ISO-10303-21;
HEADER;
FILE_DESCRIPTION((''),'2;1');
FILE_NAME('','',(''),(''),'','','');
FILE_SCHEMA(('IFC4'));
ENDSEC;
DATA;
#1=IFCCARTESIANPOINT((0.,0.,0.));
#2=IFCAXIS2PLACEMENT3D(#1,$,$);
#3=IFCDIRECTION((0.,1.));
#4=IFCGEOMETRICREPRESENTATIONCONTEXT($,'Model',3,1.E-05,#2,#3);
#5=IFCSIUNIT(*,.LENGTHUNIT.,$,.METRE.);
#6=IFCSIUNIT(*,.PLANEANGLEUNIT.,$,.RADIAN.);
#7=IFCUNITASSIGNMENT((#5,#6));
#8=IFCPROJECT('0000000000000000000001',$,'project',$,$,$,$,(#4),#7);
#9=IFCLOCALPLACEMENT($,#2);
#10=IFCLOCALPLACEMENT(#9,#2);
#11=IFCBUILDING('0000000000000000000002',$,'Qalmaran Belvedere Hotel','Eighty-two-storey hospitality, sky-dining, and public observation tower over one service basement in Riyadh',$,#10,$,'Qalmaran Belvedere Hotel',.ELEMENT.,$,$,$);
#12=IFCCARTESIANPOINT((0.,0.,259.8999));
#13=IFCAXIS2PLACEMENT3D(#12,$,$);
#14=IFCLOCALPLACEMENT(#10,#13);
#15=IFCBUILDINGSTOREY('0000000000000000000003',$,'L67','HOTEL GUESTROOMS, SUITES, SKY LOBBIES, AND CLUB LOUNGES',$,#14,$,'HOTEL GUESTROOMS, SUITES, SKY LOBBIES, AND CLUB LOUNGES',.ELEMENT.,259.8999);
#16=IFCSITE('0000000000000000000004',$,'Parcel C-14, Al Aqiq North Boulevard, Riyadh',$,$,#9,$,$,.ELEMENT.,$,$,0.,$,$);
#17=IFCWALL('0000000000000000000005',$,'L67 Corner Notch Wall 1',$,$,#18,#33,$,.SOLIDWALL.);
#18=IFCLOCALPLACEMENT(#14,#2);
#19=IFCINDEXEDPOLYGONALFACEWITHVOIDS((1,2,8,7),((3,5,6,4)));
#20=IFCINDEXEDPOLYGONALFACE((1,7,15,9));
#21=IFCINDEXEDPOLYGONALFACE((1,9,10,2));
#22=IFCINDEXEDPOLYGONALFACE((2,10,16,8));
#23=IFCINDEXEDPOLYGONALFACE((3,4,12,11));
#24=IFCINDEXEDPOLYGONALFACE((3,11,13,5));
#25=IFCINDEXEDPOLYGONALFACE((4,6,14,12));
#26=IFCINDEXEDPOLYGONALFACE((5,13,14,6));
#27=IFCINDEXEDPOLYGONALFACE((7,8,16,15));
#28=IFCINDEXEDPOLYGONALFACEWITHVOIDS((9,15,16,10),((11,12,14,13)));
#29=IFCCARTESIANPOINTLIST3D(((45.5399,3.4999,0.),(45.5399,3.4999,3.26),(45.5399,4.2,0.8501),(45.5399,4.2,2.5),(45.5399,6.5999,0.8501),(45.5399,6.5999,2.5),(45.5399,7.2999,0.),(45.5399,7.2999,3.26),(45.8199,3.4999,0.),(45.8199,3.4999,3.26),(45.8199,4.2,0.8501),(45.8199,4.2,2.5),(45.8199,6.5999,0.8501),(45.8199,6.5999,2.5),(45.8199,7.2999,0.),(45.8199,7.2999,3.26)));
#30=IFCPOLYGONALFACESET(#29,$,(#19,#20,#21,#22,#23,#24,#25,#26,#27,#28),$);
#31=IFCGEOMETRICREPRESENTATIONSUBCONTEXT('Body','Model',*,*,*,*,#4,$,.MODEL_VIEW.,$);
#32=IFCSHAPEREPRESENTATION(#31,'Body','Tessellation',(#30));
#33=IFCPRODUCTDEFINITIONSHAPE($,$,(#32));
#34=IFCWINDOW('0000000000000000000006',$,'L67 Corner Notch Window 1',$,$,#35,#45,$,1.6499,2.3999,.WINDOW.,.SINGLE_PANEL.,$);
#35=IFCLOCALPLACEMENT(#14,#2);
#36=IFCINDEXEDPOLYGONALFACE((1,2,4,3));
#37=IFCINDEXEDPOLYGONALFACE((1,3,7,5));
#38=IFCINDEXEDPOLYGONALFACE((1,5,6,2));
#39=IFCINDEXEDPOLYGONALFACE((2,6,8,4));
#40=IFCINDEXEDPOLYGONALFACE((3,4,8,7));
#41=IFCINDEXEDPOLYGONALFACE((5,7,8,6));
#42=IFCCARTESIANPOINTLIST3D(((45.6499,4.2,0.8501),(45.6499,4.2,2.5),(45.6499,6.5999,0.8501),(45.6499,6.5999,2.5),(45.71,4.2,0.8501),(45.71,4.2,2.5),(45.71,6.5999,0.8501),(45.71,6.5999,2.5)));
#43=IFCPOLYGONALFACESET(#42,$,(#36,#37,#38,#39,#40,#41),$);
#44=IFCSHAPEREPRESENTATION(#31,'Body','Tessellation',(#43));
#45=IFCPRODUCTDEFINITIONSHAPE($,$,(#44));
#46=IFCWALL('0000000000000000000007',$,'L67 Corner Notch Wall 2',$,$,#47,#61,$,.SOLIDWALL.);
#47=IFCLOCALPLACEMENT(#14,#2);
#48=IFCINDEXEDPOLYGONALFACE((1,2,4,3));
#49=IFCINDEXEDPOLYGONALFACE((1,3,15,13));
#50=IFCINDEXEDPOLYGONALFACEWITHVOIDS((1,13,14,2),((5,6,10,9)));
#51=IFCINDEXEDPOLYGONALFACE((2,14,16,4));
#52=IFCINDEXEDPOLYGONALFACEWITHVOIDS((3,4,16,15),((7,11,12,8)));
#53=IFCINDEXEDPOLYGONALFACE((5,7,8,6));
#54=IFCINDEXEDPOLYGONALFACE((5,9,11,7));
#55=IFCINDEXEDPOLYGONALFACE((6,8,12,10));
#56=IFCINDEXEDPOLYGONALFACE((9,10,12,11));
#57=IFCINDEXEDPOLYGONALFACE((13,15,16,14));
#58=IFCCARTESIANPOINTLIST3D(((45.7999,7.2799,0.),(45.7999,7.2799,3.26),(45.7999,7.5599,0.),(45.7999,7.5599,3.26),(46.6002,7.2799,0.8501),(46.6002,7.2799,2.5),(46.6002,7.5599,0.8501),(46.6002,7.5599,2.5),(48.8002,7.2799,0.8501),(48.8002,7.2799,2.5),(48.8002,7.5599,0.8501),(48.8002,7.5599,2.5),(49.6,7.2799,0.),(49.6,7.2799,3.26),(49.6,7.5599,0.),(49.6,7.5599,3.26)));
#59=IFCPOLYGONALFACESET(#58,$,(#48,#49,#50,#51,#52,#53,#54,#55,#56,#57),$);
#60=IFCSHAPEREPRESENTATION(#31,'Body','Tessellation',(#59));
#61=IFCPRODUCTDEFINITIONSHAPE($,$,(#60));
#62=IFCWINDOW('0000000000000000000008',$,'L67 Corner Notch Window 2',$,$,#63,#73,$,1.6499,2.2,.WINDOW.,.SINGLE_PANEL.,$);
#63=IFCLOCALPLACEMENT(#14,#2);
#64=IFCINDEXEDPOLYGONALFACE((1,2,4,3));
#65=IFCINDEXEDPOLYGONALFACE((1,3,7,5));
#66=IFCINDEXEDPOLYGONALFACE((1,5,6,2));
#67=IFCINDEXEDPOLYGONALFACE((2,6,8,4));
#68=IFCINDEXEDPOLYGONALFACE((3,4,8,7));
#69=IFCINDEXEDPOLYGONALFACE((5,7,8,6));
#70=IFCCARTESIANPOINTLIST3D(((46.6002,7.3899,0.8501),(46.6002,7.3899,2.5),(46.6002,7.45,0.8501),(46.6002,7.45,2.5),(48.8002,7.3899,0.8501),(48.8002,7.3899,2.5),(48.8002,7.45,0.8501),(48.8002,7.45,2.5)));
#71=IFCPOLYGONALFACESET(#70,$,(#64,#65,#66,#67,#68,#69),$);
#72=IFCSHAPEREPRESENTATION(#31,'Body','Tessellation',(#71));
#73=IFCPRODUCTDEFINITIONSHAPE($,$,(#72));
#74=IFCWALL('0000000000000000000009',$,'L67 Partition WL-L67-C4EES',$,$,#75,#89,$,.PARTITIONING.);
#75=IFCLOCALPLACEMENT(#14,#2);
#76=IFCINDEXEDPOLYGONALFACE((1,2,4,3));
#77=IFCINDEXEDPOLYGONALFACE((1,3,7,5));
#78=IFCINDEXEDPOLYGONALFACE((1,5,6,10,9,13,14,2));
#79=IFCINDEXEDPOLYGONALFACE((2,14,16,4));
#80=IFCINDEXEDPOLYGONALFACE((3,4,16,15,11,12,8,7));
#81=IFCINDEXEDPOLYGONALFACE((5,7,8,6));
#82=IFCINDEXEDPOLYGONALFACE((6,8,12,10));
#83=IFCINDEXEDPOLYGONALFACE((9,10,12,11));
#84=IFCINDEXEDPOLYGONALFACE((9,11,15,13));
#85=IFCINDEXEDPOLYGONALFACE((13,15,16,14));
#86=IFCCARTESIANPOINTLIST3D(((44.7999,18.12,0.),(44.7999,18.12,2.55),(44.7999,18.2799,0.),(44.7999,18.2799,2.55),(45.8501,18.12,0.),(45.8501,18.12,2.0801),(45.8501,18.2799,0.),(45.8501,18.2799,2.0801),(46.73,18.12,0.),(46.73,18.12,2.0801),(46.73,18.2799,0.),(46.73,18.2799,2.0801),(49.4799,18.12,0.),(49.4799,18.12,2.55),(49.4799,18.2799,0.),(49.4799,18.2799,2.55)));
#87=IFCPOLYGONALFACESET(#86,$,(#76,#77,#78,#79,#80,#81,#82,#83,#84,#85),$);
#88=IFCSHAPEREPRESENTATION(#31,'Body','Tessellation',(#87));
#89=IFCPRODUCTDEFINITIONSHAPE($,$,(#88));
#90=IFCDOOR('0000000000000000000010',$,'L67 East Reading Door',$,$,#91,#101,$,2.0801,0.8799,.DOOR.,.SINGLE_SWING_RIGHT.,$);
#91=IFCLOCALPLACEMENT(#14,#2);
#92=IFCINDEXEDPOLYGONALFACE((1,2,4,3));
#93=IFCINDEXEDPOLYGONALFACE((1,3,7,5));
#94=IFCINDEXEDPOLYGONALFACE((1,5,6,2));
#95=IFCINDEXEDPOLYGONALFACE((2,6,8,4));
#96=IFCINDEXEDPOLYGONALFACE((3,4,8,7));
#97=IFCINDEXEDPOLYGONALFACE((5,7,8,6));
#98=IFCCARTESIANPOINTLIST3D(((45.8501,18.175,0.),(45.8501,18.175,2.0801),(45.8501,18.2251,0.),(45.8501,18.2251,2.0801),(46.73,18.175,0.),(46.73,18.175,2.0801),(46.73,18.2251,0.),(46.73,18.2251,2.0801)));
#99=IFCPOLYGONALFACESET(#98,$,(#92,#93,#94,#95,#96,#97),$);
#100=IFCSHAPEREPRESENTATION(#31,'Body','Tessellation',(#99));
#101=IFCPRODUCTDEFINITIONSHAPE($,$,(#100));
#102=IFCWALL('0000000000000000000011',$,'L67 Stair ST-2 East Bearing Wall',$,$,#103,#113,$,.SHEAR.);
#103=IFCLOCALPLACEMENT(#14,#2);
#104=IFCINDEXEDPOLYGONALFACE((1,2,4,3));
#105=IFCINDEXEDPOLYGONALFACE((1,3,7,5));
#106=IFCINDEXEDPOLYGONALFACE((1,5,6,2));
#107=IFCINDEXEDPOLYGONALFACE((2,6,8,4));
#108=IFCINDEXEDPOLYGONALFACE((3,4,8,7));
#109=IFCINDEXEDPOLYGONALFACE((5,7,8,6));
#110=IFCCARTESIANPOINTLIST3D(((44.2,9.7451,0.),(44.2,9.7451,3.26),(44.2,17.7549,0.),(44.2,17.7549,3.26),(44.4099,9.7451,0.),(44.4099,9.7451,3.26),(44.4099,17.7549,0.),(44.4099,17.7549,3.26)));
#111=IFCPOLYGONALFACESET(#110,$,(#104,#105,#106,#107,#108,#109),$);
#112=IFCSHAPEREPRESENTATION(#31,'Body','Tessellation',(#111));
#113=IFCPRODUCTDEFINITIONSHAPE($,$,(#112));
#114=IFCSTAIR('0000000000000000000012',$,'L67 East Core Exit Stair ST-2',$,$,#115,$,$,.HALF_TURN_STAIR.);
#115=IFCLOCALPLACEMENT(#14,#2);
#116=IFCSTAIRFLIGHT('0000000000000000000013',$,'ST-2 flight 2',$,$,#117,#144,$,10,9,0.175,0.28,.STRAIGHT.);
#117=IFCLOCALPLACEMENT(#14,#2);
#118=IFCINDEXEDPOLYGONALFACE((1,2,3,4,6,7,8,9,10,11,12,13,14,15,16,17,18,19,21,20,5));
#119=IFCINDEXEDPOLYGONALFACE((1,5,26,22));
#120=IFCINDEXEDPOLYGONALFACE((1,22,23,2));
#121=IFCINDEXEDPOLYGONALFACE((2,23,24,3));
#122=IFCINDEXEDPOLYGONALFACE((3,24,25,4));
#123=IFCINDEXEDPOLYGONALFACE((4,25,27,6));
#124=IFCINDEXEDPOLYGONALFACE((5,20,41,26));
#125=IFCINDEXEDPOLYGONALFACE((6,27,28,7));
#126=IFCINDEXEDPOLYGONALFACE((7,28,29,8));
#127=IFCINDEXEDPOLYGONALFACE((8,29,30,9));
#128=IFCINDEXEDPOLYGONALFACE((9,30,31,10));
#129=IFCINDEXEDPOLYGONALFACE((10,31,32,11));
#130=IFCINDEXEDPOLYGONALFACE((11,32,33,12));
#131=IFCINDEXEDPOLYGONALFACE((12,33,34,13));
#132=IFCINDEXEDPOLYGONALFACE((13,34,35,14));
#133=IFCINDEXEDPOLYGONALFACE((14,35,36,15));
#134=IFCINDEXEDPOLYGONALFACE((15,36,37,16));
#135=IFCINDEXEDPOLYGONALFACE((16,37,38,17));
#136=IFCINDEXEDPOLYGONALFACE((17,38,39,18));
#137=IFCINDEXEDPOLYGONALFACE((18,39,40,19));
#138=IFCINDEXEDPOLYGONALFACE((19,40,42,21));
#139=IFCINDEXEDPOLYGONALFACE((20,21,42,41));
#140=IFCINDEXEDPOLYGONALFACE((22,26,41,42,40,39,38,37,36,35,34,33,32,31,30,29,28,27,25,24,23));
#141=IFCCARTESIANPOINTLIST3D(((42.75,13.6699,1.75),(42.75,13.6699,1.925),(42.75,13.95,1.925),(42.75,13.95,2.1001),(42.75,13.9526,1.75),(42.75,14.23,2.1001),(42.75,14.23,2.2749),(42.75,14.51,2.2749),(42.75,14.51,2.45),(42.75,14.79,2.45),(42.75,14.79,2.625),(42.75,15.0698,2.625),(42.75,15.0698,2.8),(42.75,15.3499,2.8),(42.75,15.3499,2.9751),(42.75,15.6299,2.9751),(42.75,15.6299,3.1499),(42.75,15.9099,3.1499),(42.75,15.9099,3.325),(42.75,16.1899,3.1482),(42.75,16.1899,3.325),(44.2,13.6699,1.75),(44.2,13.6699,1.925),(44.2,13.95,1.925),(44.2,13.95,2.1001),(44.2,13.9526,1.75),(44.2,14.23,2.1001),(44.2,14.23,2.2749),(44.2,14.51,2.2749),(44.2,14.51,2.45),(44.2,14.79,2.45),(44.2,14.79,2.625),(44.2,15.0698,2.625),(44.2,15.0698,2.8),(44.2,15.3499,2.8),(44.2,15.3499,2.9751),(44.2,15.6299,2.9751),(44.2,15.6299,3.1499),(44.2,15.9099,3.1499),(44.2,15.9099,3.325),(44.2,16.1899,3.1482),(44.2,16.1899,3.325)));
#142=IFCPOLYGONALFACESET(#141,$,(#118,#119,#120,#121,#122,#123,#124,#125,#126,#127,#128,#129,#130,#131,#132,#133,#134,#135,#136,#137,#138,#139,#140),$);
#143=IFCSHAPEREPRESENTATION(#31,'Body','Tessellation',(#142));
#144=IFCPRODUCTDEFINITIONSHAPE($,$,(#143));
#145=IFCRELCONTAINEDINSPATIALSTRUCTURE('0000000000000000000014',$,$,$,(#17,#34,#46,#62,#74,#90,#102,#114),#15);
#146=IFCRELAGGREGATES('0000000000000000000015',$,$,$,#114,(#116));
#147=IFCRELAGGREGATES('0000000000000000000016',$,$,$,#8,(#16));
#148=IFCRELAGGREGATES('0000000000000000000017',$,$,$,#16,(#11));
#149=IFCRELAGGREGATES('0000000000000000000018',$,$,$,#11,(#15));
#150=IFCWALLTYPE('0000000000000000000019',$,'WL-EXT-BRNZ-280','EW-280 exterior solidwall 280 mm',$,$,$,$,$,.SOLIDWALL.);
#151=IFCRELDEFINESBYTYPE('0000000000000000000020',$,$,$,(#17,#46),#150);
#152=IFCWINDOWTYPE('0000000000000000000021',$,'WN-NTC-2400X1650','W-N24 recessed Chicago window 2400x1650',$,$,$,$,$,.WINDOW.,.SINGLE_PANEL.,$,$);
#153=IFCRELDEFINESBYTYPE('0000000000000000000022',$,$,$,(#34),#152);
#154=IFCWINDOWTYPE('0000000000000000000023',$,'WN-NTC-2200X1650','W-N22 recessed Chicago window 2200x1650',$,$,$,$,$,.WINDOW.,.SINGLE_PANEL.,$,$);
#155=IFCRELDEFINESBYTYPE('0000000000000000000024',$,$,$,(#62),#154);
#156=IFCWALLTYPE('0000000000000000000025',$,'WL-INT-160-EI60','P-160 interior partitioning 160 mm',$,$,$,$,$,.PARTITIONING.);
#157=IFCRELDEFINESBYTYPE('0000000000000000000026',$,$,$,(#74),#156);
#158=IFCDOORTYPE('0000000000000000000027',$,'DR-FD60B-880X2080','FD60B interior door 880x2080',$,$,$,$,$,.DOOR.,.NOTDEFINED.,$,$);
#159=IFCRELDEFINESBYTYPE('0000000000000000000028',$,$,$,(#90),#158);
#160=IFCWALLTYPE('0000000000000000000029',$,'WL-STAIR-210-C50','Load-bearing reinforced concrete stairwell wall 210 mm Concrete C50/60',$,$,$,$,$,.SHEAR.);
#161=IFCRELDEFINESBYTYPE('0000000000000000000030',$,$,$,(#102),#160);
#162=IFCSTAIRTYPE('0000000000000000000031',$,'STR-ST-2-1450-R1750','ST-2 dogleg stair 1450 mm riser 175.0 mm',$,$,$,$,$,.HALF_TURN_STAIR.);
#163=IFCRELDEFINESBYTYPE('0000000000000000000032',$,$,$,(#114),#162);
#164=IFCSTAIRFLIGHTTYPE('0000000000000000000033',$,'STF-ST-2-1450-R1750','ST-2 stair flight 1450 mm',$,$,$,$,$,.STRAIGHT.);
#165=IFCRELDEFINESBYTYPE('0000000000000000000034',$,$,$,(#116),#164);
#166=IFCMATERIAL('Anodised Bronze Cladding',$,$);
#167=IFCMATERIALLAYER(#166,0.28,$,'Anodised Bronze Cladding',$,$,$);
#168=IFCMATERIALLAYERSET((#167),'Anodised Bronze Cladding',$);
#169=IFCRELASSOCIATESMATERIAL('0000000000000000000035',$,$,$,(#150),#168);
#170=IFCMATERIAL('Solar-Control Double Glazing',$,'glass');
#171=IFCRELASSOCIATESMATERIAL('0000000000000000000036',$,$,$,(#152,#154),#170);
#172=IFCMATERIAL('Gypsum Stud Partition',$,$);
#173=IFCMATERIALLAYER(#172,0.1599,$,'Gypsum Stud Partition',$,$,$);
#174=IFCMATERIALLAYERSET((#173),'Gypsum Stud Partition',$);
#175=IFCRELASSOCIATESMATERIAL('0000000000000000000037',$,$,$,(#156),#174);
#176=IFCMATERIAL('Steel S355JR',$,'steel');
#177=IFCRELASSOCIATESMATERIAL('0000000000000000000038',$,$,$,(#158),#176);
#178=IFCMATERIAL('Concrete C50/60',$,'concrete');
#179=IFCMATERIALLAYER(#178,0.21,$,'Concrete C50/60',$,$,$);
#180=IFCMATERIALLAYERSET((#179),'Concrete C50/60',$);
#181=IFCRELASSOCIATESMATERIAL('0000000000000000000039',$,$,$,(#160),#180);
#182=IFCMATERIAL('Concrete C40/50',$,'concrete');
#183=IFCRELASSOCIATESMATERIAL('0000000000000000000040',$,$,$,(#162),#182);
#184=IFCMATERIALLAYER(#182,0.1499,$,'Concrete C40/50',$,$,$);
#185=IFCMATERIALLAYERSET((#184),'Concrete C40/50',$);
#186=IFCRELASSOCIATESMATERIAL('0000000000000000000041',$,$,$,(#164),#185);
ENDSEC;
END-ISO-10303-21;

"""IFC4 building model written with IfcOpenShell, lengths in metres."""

from ifc_helpers import new_model, si_unit, direction, frame, frame_2d, origin, place, context, subcontext, project, spatial, polyline, rectangle, outline, extrude, material, layer, layer_set, type_object, element, fill, aggregate, save


model = new_model("IFC4")

# Units and contexts
model_context = context("Model", 3, precision=1e-05, world=origin(), true_north=direction((0.0, 1.0)))
body_context = subcontext(model_context, "Body", "Model", "MODEL_VIEW")
ifc_project = project(units=[si_unit("LENGTHUNIT", "METRE"), si_unit("PLANEANGLEUNIT", "RADIAN")], contexts=[model_context])

# Site, building, storey
site_placement = place(None, origin())
site = spatial("IfcSite", under=ifc_project, at=site_placement, Name="Parcel C-14, Al Aqiq North Boulevard, Riyadh", CompositionType="ELEMENT", RefElevation=0.0)
building_placement = place(site_placement, origin())
building = spatial("IfcBuilding", under=site, at=building_placement, Name="Qalmaran Belvedere Hotel", Description="Eighty-two-storey hospitality, sky-dining, and public observation tower over one service basement in Riyadh", LongName="Qalmaran Belvedere Hotel", CompositionType="ELEMENT")
storey_placement = place(building_placement, frame((0.0, 0.0, 259.8999)))
storey = spatial("IfcBuildingStorey", under=building, at=storey_placement, Name="L67", Description="HOTEL GUESTROOMS, SUITES, SKY LOBBIES, AND CLUB LOUNGES", LongName="HOTEL GUESTROOMS, SUITES, SKY LOBBIES, AND CLUB LOUNGES", CompositionType="ELEMENT", Elevation=259.8999)

# Shared definitions
ifc_material_1 = material(Name="Concrete C50/60", Category="concrete")

# Shared definitions
ifc_material_2 = material(Name="Steel S355JR", Category="steel")

# Shared definitions
ifc_material_3 = material(Name="Solar-Control Double Glazing", Category="glass")

# Walls, openings, windows
ifc_material_4 = material(Name="Anodised Bronze Cladding")
ifc_layer_1 = layer(ifc_material_4, 0.28, Name="Anodised Bronze Cladding")
ifc_layer_set_1 = layer_set([ifc_layer_1], Name="Anodised Bronze Cladding")
wall_type_1 = type_object("IfcWallType", Name="WL-EXT-BRNZ-280", Description="EW-280 exterior solidwall 280 mm", PredefinedType="SOLIDWALL", material=ifc_layer_set_1)
wall_1_placement = place(storey_placement, frame((45.6799, 3.5, 0.0), z_axis=(0.0, 0.0, 1.0), x_axis=(0.0, 1.0, 0.0)))
wall_1 = element("IfcWall", 1, at=wall_1_placement, inside=storey, type_object=wall_type_1, Name="L67 Corner Notch Wall 1", PredefinedType="SOLIDWALL", context=body_context, shape_type="SweptSolid", body=[
    extrude(rectangle(XDim=3.8, YDim=0.28, at=frame_2d((1.8999, 0.0))), origin(), (0.0, 0.0, 1.0), 3.26),
])
opening_1_placement = place(wall_1_placement, frame((0.7, 0.0, 0.8501)))
opening_1 = element("IfcOpeningElement", 2, at=opening_1_placement, cuts=wall_1, PredefinedType="OPENING", context=body_context, shape_type="SweptSolid", body=[
    extrude(rectangle(XDim=2.3999, YDim=1.6499, at=frame_2d((1.2, 0.825))), frame((0.0, 0.1499, 0.0), z_axis=(0.0, -1.0, 0.0), x_axis=(1.0, 0.0, 0.0)), (0.0, 0.0, 1.0), 0.3),
])
window_type_1 = type_object("IfcWindowType", Name="WN-NTC-2400X1650", Description="W-N24 recessed Chicago window 2400x1650", PartitioningType="SINGLE_PANEL", PredefinedType="WINDOW", material=ifc_material_3)
window_1_placement = place(opening_1_placement, origin())
window_1 = element("IfcWindow", 3, at=window_1_placement, inside=storey, type_object=window_type_1, Name="L67 Corner Notch Window 1", OverallHeight=1.6499, OverallWidth=2.3999, PartitioningType="SINGLE_PANEL", PredefinedType="WINDOW", context=body_context, shape_type="SweptSolid", body=[
    extrude(rectangle(XDim=2.3999, YDim=1.6499, at=frame_2d((1.2, 0.825))), frame((0.0, 0.03, 0.0), z_axis=(0.0, -1.0, 0.0), x_axis=(1.0, 0.0, 0.0)), (0.0, 0.0, 1.0), 0.0601),
])
fill(opening_1, window_1)
wall_2_placement = place(storey_placement, frame((45.8, 7.4199, 0.0), z_axis=(0.0, 0.0, 1.0), x_axis=(1.0, 0.0, 0.0)))
wall_2 = element("IfcWall", 4, at=wall_2_placement, inside=storey, type_object=wall_type_1, Name="L67 Corner Notch Wall 2", PredefinedType="SOLIDWALL", context=body_context, shape_type="SweptSolid", body=[
    extrude(rectangle(XDim=3.8, YDim=0.28, at=frame_2d((1.8999, 0.0))), origin(), (0.0, 0.0, 1.0), 3.26),
])
opening_2_placement = place(wall_2_placement, frame((0.8, 0.0, 0.8501)))
opening_2 = element("IfcOpeningElement", 5, at=opening_2_placement, cuts=wall_2, PredefinedType="OPENING", context=body_context, shape_type="SweptSolid", body=[
    extrude(rectangle(XDim=2.2, YDim=1.6499, at=frame_2d((1.1001, 0.825))), frame((0.0, 0.1499, 0.0), z_axis=(0.0, -1.0, 0.0), x_axis=(1.0, 0.0, 0.0)), (0.0, 0.0, 1.0), 0.3),
])
window_type_2 = type_object("IfcWindowType", Name="WN-NTC-2200X1650", Description="W-N22 recessed Chicago window 2200x1650", PartitioningType="SINGLE_PANEL", PredefinedType="WINDOW", material=ifc_material_3)
window_2_placement = place(opening_2_placement, origin())
window_2 = element("IfcWindow", 6, at=window_2_placement, inside=storey, type_object=window_type_2, Name="L67 Corner Notch Window 2", OverallHeight=1.6499, OverallWidth=2.2, PartitioningType="SINGLE_PANEL", PredefinedType="WINDOW", context=body_context, shape_type="SweptSolid", body=[
    extrude(rectangle(XDim=2.2, YDim=1.6499, at=frame_2d((1.1001, 0.825))), frame((0.0, 0.03, 0.0), z_axis=(0.0, -1.0, 0.0), x_axis=(1.0, 0.0, 0.0)), (0.0, 0.0, 1.0), 0.0601),
])
fill(opening_2, window_2)

# Wall, opening, door
ifc_material_5 = material(Name="Gypsum Stud Partition")
ifc_layer_2 = layer(ifc_material_5, 0.1599, Name="Gypsum Stud Partition")
ifc_layer_set_2 = layer_set([ifc_layer_2], Name="Gypsum Stud Partition")
wall_type_2 = type_object("IfcWallType", Name="WL-INT-160-EI60", Description="P-160 interior partitioning 160 mm", PredefinedType="PARTITIONING", material=ifc_layer_set_2)
wall_3_placement = place(storey_placement, frame((44.8, 18.2, 0.0), z_axis=(0.0, 0.0, 1.0), x_axis=(1.0, 0.0, 0.0)))
wall_3 = element("IfcWall", 7, at=wall_3_placement, inside=storey, type_object=wall_type_2, Name="L67 Partition WL-L67-C4EES", PredefinedType="PARTITIONING", context=body_context, shape_type="SweptSolid", body=[
    extrude(rectangle(XDim=4.6799, YDim=0.1599, at=frame_2d((2.3398, 0.0))), origin(), (0.0, 0.0, 1.0), 2.55),
])
opening_3_placement = place(wall_3_placement, frame((1.9299, 0.0, 0.0), z_axis=(0.0, 0.0, 1.0), x_axis=(-1.0, 0.0, 0.0)))
opening_3 = element("IfcOpeningElement", 8, at=opening_3_placement, cuts=wall_3, PredefinedType="OPENING", context=body_context, shape_type="SweptSolid", body=[
    extrude(rectangle(XDim=0.8799, YDim=2.0801, at=frame_2d((0.4399, 1.04))), frame((0.0, 0.0898, 0.0), z_axis=(0.0, -1.0, 0.0), x_axis=(1.0, 0.0, 0.0)), (0.0, 0.0, 1.0), 0.1799),
])
door_type = type_object("IfcDoorType", Name="DR-FD60B-880X2080", Description="FD60B interior door 880x2080", OperationType="NOTDEFINED", PredefinedType="DOOR", material=ifc_material_2)
door_placement = place(opening_3_placement, origin())
door = element("IfcDoor", 9, at=door_placement, inside=storey, type_object=door_type, Name="L67 East Reading Door", OperationType="SINGLE_SWING_RIGHT", OverallHeight=2.0801, OverallWidth=0.8799, PredefinedType="DOOR", context=body_context, shape_type="SweptSolid", body=[
    extrude(rectangle(XDim=0.8799, YDim=2.0801, at=frame_2d((0.4399, 1.04))), frame((0.0, 0.0249, 0.0), z_axis=(0.0, -1.0, 0.0), x_axis=(1.0, 0.0, 0.0)), (0.0, 0.0, 1.0), 0.05),
])
fill(opening_3, door)

# Wall
ifc_layer_3 = layer(ifc_material_1, 0.21, Name="Concrete C50/60")
ifc_layer_set_3 = layer_set([ifc_layer_3], Name="Concrete C50/60")
wall_type_3 = type_object("IfcWallType", Name="WL-STAIR-210-C50", Description="Load-bearing reinforced concrete stairwell wall 210 mm Concrete C50/60", PredefinedType="SHEAR", material=ifc_layer_set_3)
wall_4_placement = place(storey_placement, frame((44.3049, 9.7451, 0.0), z_axis=(0.0, 0.0, 1.0), x_axis=(0.0, 1.0, 0.0)))
element("IfcWall", 10, at=wall_4_placement, inside=storey, type_object=wall_type_3, Name="L67 Stair ST-2 East Bearing Wall", PredefinedType="SHEAR", context=body_context, shape_type="SweptSolid", body=[
    extrude(rectangle(XDim=8.0098, YDim=0.21, at=frame_2d((4.0049, 0.0))), origin(), (0.0, 0.0, 1.0), 3.26),
])

# Stair, stair flight
ifc_material_6 = material(Name="Concrete C40/50", Category="concrete")
stair_type = type_object("IfcStairType", Name="STR-ST-2-1450-R1750", Description="ST-2 dogleg stair 1450 mm riser 175.0 mm", PredefinedType="HALF_TURN_STAIR", material=ifc_material_6)
stair_placement = place(storey_placement, origin())
stair = element("IfcStair", 11, at=stair_placement, inside=storey, type_object=stair_type, Name="L67 East Core Exit Stair ST-2", PredefinedType="HALF_TURN_STAIR")
ifc_layer_4 = layer(ifc_material_6, 0.1499, Name="Concrete C40/50")
ifc_layer_set_4 = layer_set([ifc_layer_4], Name="Concrete C40/50")
stair_flight_type = type_object("IfcStairFlightType", Name="STF-ST-2-1450-R1750", Description="ST-2 stair flight 1450 mm", PredefinedType="STRAIGHT", material=ifc_layer_set_4)
stair_flight_placement = place(storey_placement, frame((43.4751, 13.6699, 1.75), z_axis=(0.0, 0.0, 1.0), x_axis=(0.0, 1.0, 0.0)))
stair_flight = element("IfcStairFlight", 12, at=stair_flight_placement, type_object=stair_flight_type, Name="ST-2 flight 2", NumberOfRisers=10, NumberOfTreads=9, PredefinedType="STRAIGHT", RiserHeight=0.175, TreadLength=0.28, context=body_context, shape_type="SweptSolid", body=[
    extrude(outline(polyline([(0.0, 0.0), (0.0, 0.175), (0.28, 0.175), (0.28, 0.3501), (0.5601, 0.3501), (0.5601, 0.5249), (0.8401, 0.5249), (0.8401, 0.7), (1.1201, 0.7), (1.1201, 0.875), (1.3999, 0.875), (1.3999, 1.05), (1.6799, 1.05), (1.6799, 1.2251), (1.96, 1.2251), (1.96, 1.3999), (2.24, 1.3999), (2.24, 1.575), (2.52, 1.575), (2.52, 1.75), (2.52, 1.3982), (0.2827, 0.0), (0.0, 0.0)])), frame((0.0, 0.7251, 0.0), z_axis=(0.0, -1.0, 0.0), x_axis=(1.0, 0.0, 0.0)), (0.0, 0.0, 1.0), 1.45),
])
aggregate(stair, [stair_flight])

save(model, "model.ifc")
